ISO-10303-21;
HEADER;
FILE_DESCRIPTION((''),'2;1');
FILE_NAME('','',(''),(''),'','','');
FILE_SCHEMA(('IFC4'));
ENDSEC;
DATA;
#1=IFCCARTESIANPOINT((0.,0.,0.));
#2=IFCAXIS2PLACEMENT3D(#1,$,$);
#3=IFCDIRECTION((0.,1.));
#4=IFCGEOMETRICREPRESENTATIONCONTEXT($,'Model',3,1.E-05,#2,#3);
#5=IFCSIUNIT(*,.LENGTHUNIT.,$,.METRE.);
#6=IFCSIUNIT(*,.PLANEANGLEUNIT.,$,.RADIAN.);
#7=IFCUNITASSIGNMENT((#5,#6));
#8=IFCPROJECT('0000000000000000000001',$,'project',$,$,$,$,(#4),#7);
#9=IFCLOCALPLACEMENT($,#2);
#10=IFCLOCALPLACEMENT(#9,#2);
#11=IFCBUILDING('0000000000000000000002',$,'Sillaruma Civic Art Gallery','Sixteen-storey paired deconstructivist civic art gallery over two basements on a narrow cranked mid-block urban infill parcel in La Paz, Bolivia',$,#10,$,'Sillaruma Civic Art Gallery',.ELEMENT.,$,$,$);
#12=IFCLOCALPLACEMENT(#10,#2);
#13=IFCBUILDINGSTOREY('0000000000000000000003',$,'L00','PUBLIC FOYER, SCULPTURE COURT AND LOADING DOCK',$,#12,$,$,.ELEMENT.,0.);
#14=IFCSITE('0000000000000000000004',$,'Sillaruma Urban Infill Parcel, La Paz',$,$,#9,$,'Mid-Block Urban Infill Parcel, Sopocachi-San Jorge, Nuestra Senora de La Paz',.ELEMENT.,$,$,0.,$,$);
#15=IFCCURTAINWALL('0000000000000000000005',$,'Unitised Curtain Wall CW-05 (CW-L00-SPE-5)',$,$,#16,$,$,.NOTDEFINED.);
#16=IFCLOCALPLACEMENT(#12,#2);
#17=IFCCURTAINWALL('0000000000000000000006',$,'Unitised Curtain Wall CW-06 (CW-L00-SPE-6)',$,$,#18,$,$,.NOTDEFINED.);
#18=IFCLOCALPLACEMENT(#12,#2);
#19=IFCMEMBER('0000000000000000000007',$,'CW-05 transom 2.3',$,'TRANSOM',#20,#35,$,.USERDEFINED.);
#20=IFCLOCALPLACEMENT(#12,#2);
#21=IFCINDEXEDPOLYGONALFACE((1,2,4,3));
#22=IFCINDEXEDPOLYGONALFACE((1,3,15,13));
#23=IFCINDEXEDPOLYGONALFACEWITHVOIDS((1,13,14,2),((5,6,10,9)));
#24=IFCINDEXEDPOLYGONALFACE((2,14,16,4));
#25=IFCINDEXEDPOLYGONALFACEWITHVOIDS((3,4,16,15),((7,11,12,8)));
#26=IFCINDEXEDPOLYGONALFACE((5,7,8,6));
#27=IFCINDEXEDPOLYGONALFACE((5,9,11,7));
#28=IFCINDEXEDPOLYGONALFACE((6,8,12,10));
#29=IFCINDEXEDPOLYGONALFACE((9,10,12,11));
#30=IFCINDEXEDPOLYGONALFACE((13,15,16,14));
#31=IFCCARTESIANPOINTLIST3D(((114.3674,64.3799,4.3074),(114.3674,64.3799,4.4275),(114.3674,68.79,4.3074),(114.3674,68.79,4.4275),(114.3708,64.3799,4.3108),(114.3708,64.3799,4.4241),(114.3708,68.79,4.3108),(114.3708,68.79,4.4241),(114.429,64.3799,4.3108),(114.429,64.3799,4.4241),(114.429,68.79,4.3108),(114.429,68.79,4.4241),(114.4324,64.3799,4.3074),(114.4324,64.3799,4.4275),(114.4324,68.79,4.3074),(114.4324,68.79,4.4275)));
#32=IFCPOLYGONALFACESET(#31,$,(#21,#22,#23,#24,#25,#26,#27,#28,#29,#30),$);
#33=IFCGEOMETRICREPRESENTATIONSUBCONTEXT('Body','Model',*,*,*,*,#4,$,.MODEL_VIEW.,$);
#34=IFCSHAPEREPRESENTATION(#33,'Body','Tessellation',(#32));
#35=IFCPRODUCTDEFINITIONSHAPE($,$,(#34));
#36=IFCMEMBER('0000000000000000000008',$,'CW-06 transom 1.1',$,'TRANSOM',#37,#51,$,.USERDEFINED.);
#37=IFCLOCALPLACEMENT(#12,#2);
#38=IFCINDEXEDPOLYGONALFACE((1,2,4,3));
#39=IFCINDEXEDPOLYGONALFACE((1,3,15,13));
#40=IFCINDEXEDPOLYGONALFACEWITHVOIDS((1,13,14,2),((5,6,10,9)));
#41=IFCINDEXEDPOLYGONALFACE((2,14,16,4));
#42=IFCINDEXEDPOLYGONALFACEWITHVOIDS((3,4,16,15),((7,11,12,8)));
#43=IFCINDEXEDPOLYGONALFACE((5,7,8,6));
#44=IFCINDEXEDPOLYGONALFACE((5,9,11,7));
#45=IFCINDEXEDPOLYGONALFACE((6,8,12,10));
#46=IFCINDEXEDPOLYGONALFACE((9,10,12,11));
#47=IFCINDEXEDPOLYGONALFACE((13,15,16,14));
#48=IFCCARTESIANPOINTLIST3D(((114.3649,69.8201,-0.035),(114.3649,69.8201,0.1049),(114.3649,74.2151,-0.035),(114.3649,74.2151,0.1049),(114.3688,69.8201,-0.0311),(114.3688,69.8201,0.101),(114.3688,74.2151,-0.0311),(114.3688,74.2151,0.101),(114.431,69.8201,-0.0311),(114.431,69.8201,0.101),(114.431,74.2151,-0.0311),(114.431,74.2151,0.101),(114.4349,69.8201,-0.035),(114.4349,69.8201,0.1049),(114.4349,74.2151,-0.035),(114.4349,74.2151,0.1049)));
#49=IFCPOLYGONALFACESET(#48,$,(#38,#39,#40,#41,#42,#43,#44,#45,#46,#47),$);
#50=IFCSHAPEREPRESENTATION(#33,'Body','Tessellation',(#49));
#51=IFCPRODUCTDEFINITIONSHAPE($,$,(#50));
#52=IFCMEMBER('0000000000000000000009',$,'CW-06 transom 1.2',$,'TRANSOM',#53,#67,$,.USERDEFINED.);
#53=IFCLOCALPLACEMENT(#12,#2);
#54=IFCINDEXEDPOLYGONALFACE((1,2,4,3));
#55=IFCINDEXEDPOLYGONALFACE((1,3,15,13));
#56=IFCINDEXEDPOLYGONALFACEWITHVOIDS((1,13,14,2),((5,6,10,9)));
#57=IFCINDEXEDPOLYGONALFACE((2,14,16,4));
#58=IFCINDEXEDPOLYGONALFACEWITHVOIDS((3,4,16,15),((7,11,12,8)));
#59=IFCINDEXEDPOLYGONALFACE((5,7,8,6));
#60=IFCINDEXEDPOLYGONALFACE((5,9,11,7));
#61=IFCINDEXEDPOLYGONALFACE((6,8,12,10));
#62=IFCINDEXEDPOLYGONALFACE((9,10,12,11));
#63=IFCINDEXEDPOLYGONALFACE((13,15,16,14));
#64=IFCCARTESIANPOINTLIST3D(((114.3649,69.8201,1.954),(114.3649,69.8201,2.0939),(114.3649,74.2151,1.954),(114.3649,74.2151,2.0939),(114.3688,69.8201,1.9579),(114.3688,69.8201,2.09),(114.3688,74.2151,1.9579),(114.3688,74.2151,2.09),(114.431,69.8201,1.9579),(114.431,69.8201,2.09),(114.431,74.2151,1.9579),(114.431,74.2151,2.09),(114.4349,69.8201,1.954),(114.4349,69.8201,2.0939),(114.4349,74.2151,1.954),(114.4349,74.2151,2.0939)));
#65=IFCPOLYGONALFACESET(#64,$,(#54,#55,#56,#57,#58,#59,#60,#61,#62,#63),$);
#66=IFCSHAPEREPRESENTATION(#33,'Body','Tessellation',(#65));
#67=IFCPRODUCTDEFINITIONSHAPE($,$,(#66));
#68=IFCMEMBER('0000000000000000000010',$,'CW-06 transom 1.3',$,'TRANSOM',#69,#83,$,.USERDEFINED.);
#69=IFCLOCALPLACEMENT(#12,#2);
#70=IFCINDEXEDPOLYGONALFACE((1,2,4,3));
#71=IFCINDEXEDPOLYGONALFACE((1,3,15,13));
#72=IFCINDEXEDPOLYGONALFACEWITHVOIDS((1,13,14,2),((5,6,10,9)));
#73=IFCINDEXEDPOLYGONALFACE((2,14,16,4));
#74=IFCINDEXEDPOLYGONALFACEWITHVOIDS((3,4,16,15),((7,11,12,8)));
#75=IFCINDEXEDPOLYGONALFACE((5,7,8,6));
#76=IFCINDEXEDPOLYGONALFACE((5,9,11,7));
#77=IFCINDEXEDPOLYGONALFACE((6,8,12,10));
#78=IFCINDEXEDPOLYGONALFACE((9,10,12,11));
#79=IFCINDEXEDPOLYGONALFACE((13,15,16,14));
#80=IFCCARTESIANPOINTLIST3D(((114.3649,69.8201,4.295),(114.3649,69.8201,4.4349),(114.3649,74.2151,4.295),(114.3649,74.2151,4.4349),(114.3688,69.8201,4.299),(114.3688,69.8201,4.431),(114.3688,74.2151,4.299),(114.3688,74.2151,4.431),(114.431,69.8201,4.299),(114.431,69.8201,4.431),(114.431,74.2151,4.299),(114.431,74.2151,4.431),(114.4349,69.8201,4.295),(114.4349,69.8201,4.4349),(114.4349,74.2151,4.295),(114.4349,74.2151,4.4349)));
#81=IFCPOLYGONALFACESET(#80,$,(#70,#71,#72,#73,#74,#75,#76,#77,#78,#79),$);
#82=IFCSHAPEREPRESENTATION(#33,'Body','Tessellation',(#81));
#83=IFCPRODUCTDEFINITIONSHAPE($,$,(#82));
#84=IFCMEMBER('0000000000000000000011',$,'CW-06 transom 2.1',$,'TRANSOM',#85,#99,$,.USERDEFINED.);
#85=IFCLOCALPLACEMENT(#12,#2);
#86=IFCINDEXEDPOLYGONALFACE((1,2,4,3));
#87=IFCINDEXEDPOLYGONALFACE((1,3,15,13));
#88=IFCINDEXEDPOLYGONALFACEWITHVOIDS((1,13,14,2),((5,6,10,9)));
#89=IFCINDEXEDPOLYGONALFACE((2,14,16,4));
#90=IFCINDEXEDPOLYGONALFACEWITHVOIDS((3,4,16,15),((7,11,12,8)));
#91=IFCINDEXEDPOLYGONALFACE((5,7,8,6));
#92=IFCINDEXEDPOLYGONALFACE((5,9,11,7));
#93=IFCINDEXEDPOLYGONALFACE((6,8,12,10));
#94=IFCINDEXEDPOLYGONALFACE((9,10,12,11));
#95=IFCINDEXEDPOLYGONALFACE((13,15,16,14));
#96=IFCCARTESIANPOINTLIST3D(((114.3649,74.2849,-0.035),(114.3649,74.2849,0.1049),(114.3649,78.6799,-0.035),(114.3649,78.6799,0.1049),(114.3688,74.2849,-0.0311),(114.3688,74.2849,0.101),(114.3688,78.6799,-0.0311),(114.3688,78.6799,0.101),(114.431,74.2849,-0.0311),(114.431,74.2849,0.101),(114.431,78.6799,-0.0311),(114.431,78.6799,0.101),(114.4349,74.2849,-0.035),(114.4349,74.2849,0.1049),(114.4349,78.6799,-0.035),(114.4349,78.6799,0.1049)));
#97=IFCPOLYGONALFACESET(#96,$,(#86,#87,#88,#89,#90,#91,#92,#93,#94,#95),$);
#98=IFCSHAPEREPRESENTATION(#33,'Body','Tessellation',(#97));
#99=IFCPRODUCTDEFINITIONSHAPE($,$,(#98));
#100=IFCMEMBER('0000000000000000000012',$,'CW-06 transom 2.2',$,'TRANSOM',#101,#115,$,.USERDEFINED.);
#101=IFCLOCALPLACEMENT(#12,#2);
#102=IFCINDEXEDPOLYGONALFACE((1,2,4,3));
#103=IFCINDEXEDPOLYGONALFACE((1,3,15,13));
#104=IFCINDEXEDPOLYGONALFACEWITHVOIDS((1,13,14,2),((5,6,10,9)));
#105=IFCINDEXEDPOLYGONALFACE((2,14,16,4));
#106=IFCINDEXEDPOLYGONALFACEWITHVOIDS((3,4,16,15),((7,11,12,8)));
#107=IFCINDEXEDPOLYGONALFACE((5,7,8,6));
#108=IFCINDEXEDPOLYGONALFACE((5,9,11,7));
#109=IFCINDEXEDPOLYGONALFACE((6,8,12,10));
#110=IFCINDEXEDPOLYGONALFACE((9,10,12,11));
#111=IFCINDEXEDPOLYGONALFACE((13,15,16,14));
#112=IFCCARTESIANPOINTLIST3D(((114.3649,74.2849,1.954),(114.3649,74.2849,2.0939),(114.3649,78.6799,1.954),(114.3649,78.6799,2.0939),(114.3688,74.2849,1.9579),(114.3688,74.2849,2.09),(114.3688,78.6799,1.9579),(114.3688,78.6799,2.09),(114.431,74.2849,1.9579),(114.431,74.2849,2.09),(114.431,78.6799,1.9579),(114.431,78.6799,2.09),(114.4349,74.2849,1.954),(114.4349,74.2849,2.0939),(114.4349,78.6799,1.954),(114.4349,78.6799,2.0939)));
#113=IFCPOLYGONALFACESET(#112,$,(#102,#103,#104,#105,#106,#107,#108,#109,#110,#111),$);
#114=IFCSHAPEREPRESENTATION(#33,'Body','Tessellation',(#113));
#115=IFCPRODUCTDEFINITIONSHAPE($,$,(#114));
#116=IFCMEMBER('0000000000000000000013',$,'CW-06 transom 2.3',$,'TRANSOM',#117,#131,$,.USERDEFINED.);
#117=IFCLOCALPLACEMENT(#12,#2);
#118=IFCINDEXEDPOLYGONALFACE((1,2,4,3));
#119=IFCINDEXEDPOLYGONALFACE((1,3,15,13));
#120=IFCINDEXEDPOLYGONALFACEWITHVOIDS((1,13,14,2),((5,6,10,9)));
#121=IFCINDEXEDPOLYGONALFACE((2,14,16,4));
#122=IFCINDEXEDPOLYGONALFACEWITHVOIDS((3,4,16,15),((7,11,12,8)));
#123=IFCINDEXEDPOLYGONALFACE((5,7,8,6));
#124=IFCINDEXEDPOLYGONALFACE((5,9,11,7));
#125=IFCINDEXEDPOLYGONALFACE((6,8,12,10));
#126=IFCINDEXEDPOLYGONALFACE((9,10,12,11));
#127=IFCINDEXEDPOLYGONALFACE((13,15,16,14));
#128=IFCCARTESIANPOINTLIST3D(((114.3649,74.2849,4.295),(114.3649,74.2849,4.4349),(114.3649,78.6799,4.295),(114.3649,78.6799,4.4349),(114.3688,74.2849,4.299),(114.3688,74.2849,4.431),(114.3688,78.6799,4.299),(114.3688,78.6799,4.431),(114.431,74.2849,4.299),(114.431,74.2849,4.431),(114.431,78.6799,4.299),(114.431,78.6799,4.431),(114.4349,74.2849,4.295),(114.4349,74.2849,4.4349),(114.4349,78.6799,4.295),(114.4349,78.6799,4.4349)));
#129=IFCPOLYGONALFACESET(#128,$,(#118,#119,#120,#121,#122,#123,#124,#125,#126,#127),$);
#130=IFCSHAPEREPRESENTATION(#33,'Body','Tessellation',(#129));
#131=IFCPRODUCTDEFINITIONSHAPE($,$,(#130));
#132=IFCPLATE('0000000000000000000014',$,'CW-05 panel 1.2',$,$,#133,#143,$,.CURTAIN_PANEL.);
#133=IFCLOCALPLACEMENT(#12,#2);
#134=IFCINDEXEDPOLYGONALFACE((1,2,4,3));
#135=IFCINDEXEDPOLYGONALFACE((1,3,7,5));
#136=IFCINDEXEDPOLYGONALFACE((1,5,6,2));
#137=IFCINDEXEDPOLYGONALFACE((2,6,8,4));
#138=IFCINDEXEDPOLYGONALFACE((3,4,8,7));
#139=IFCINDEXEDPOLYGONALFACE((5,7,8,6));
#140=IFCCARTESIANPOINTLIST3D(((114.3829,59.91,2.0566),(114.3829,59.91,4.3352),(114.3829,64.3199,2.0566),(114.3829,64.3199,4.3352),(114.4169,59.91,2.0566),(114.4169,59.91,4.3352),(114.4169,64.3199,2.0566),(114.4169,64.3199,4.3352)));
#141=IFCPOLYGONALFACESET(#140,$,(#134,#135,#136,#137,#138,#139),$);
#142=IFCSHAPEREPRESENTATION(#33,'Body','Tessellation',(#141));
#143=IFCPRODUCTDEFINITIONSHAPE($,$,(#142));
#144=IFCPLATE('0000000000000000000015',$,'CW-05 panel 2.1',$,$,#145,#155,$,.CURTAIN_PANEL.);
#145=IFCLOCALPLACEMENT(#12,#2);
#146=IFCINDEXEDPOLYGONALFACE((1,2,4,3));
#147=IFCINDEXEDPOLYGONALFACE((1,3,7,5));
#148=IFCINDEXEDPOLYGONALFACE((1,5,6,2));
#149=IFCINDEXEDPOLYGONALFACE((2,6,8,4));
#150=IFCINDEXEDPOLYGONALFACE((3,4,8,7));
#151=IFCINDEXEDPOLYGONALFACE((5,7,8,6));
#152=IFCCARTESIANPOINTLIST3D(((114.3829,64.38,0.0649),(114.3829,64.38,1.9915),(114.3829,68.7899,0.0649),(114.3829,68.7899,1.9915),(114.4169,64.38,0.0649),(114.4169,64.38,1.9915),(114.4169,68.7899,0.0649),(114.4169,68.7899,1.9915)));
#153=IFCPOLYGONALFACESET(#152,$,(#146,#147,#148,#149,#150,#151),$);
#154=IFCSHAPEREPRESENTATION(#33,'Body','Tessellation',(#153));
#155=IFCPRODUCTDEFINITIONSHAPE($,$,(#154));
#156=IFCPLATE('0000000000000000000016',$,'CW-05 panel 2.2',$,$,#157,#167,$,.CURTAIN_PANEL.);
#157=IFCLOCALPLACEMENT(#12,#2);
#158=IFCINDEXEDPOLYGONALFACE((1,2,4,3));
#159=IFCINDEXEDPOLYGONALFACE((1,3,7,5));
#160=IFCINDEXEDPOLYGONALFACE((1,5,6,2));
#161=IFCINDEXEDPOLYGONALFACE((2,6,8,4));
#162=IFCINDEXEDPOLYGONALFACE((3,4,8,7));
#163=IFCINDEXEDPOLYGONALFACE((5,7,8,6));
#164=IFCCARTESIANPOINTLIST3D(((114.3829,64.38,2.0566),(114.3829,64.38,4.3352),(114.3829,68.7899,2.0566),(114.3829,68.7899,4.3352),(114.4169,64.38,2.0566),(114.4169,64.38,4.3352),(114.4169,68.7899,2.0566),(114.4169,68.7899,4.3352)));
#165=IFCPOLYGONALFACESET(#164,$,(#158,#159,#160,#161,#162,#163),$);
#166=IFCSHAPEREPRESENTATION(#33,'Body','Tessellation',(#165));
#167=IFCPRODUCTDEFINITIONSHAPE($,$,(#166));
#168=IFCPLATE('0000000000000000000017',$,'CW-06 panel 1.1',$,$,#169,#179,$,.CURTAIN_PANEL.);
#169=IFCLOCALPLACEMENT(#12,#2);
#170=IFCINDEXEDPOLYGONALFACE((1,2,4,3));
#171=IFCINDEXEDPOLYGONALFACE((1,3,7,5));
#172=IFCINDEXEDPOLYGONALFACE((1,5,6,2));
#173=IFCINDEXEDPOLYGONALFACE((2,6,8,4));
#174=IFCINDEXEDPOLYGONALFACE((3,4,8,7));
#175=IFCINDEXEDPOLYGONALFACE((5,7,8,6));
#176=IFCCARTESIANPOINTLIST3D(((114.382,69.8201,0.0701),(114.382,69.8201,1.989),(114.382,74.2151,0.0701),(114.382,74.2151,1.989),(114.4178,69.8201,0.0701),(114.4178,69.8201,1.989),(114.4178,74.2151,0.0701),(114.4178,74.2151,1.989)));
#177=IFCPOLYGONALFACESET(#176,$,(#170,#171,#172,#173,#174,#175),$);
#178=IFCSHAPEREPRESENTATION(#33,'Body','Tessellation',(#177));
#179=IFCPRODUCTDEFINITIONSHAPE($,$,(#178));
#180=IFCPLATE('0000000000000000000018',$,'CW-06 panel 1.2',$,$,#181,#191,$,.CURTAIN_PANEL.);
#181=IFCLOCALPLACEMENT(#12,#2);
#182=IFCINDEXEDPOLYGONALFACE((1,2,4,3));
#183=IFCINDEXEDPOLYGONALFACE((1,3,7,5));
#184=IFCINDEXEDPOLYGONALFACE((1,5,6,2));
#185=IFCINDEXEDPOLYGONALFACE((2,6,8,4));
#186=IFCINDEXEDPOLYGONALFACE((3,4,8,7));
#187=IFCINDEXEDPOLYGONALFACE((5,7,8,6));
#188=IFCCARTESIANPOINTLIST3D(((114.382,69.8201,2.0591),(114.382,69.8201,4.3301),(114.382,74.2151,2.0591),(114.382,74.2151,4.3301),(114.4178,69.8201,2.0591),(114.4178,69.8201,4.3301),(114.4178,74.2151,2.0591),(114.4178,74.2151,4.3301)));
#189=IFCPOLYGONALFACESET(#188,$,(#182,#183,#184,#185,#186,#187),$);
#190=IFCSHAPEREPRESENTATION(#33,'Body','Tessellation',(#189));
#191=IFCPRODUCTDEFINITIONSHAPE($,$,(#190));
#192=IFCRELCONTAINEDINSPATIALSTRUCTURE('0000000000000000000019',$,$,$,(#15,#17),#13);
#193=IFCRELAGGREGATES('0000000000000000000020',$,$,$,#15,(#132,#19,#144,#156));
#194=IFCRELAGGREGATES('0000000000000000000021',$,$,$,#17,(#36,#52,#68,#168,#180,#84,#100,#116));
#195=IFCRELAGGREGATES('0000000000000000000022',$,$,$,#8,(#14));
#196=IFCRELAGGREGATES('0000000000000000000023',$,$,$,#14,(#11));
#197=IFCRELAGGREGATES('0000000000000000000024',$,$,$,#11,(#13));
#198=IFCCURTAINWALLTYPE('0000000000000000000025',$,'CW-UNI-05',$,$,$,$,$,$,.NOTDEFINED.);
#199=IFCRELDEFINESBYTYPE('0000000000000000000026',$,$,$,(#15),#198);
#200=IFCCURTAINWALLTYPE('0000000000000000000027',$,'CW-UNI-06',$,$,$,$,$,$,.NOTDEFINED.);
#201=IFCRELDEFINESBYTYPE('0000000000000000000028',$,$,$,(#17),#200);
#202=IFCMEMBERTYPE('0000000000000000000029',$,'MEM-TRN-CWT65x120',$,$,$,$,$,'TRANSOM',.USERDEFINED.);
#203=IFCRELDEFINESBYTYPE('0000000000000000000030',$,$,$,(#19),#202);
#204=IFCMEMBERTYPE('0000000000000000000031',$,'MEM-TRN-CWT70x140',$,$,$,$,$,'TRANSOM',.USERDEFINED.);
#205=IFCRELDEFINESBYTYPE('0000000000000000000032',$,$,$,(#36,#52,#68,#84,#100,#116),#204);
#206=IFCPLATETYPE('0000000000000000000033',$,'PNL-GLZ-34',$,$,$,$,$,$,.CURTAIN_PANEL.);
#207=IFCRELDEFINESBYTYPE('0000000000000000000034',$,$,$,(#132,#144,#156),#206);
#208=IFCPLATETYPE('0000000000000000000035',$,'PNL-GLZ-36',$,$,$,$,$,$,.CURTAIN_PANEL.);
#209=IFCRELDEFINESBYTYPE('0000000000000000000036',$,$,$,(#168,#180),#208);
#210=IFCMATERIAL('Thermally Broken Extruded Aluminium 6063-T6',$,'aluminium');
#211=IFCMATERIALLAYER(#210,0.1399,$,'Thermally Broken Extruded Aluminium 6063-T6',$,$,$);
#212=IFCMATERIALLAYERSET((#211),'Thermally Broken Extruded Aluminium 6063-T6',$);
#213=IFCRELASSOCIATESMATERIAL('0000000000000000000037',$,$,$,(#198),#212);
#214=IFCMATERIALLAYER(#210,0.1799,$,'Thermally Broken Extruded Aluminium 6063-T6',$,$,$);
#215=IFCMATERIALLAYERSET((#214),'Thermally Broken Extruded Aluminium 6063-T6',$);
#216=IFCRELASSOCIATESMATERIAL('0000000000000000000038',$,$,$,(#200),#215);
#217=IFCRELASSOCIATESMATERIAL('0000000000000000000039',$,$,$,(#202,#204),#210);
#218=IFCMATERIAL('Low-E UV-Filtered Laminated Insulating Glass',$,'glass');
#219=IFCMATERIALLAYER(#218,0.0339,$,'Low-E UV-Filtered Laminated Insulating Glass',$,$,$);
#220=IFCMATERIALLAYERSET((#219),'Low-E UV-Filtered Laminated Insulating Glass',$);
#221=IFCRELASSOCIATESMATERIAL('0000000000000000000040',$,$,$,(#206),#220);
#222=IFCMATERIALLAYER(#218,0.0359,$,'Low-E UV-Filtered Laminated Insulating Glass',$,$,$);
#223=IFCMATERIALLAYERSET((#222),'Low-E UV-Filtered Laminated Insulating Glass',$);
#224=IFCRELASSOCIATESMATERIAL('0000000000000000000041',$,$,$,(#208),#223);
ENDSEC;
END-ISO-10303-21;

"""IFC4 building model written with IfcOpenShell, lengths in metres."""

from ifc_helpers import new_model, si_unit, direction, frame, origin, origin_2d, place, context, subcontext, project, spatial, rectangle, hollow_rectangle, extrude, material, layer, layer_set, material_profile, profile_set, type_object, element, aggregate, save


model = new_model("IFC4")

# Units and contexts
model_context = context("Model", 3, precision=1e-05, world=origin(), true_north=direction((0.0, 1.0)))
body_context = subcontext(model_context, "Body", "Model", "MODEL_VIEW")
ifc_project = project(units=[si_unit("LENGTHUNIT", "METRE"), si_unit("PLANEANGLEUNIT", "RADIAN")], contexts=[model_context])

# Site, building, storey
site_placement = place(None, origin())
site = spatial("IfcSite", under=ifc_project, at=site_placement, Name="Sillaruma Urban Infill Parcel, La Paz", LongName="Mid-Block Urban Infill Parcel, Sopocachi-San Jorge, Nuestra Senora de La Paz", CompositionType="ELEMENT", RefElevation=0.0)
building_placement = place(site_placement, origin())
building = spatial("IfcBuilding", under=site, at=building_placement, Name="Sillaruma Civic Art Gallery", Description="Sixteen-storey paired deconstructivist civic art gallery over two basements on a narrow cranked mid-block urban infill parcel in La Paz, Bolivia", LongName="Sillaruma Civic Art Gallery", CompositionType="ELEMENT")
storey_placement = place(building_placement, origin())
storey = spatial("IfcBuildingStorey", under=building, at=storey_placement, Name="L00", Description="PUBLIC FOYER, SCULPTURE COURT AND LOADING DOCK", CompositionType="ELEMENT", Elevation=0.0)

# Curtain walls
ifc_material_1 = material(Name="Thermally Broken Extruded Aluminium 6063-T6", Category="aluminium")
ifc_layer_1 = layer(ifc_material_1, 0.1399, Name="Thermally Broken Extruded Aluminium 6063-T6")
ifc_layer_set_1 = layer_set([ifc_layer_1], Name="Thermally Broken Extruded Aluminium 6063-T6")
curtain_wall_type_1 = type_object("IfcCurtainWallType", Name="CW-UNI-05", PredefinedType="NOTDEFINED", material=ifc_layer_set_1)
curtain_wall_1_placement = place(storey_placement, origin())
curtain_wall_1 = element("IfcCurtainWall", 1, at=curtain_wall_1_placement, inside=storey, type_object=curtain_wall_type_1, Name="Unitised Curtain Wall CW-05 (CW-L00-SPE-5)", PredefinedType="NOTDEFINED")
ifc_layer_2 = layer(ifc_material_1, 0.1799, Name="Thermally Broken Extruded Aluminium 6063-T6")
ifc_layer_set_2 = layer_set([ifc_layer_2], Name="Thermally Broken Extruded Aluminium 6063-T6")
curtain_wall_type_2 = type_object("IfcCurtainWallType", Name="CW-UNI-06", PredefinedType="NOTDEFINED", material=ifc_layer_set_2)
curtain_wall_2_placement = place(storey_placement, origin())
curtain_wall_2 = element("IfcCurtainWall", 2, at=curtain_wall_2_placement, inside=storey, type_object=curtain_wall_type_2, Name="Unitised Curtain Wall CW-06 (CW-L00-SPE-6)", PredefinedType="NOTDEFINED")

# Members
ifc_material_profile_1 = material_profile(ifc_material_1, hollow_rectangle(XDim=0.0649, YDim=0.1201, WallThickness=0.0034, at=origin_2d()), Name="CWT65x120")
ifc_profile_set_1 = profile_set([ifc_material_profile_1], Name="Thermally Broken Extruded Aluminium 6063-T6")
member_type_1 = type_object("IfcMemberType", Name="MEM-TRN-CWT65x120", ElementType="TRANSOM", PredefinedType="USERDEFINED", material=ifc_profile_set_1)
member_1_placement = place(storey_placement, frame((114.3999, 64.3799, 4.3674), z_axis=(0.0, 1.0, 0.0), x_axis=(-1.0, 0.0, 0.0)))
member_1 = element("IfcMember", 3, at=member_1_placement, type_object=member_type_1, Name="CW-05 transom 2.3", ObjectType="TRANSOM", PredefinedType="USERDEFINED", context=body_context, shape_type="SweptSolid", body=[
    extrude(hollow_rectangle(XDim=0.0649, YDim=0.1201, WallThickness=0.0034, at=origin_2d()), origin(), (0.0, 0.0, 1.0), 4.4102),
])
ifc_material_profile_2 = material_profile(ifc_material_1, hollow_rectangle(XDim=0.0701, YDim=0.1399, WallThickness=0.0039, at=origin_2d()), Name="CWT70x140")
ifc_profile_set_2 = profile_set([ifc_material_profile_2], Name="Thermally Broken Extruded Aluminium 6063-T6")
member_type_2 = type_object("IfcMemberType", Name="MEM-TRN-CWT70x140", ElementType="TRANSOM", PredefinedType="USERDEFINED", material=ifc_profile_set_2)
member_2_placement = place(storey_placement, frame((114.3999, 69.8201, 0.0349), z_axis=(0.0, 1.0, 0.0), x_axis=(-1.0, 0.0, 0.0)))
member_2 = element("IfcMember", 4, at=member_2_placement, type_object=member_type_2, Name="CW-06 transom 1.1", ObjectType="TRANSOM", PredefinedType="USERDEFINED", context=body_context, shape_type="SweptSolid", body=[
    extrude(hollow_rectangle(XDim=0.0701, YDim=0.1399, WallThickness=0.0039, at=origin_2d()), origin(), (0.0, 0.0, 1.0), 4.395),
])
member_3_placement = place(storey_placement, frame((114.3999, 69.8201, 2.0239), z_axis=(0.0, 1.0, 0.0), x_axis=(-1.0, 0.0, 0.0)))
member_3 = element("IfcMember", 5, at=member_3_placement, type_object=member_type_2, Name="CW-06 transom 1.2", ObjectType="TRANSOM", PredefinedType="USERDEFINED", context=body_context, shape_type="SweptSolid", body=[
    extrude(hollow_rectangle(XDim=0.0701, YDim=0.1399, WallThickness=0.0039, at=origin_2d()), origin(), (0.0, 0.0, 1.0), 4.395),
])
member_4_placement = place(storey_placement, frame((114.3999, 69.8201, 4.365), z_axis=(0.0, 1.0, 0.0), x_axis=(-1.0, 0.0, 0.0)))
member_4 = element("IfcMember", 6, at=member_4_placement, type_object=member_type_2, Name="CW-06 transom 1.3", ObjectType="TRANSOM", PredefinedType="USERDEFINED", context=body_context, shape_type="SweptSolid", body=[
    extrude(hollow_rectangle(XDim=0.0701, YDim=0.1399, WallThickness=0.0039, at=origin_2d()), origin(), (0.0, 0.0, 1.0), 4.395),
])
member_5_placement = place(storey_placement, frame((114.3999, 74.2849, 0.0349), z_axis=(0.0, 1.0, 0.0), x_axis=(-1.0, 0.0, 0.0)))
member_5 = element("IfcMember", 7, at=member_5_placement, type_object=member_type_2, Name="CW-06 transom 2.1", ObjectType="TRANSOM", PredefinedType="USERDEFINED", context=body_context, shape_type="SweptSolid", body=[
    extrude(hollow_rectangle(XDim=0.0701, YDim=0.1399, WallThickness=0.0039, at=origin_2d()), origin(), (0.0, 0.0, 1.0), 4.395),
])
member_6_placement = place(storey_placement, frame((114.3999, 74.2849, 2.0239), z_axis=(0.0, 1.0, 0.0), x_axis=(-1.0, 0.0, 0.0)))
member_6 = element("IfcMember", 8, at=member_6_placement, type_object=member_type_2, Name="CW-06 transom 2.2", ObjectType="TRANSOM", PredefinedType="USERDEFINED", context=body_context, shape_type="SweptSolid", body=[
    extrude(hollow_rectangle(XDim=0.0701, YDim=0.1399, WallThickness=0.0039, at=origin_2d()), origin(), (0.0, 0.0, 1.0), 4.395),
])
member_7_placement = place(storey_placement, frame((114.3999, 74.2849, 4.365), z_axis=(0.0, 1.0, 0.0), x_axis=(-1.0, 0.0, 0.0)))
member_7 = element("IfcMember", 9, at=member_7_placement, type_object=member_type_2, Name="CW-06 transom 2.3", ObjectType="TRANSOM", PredefinedType="USERDEFINED", context=body_context, shape_type="SweptSolid", body=[
    extrude(hollow_rectangle(XDim=0.0701, YDim=0.1399, WallThickness=0.0039, at=origin_2d()), origin(), (0.0, 0.0, 1.0), 4.395),
])

# Plates
ifc_material_2 = material(Name="Low-E UV-Filtered Laminated Insulating Glass", Category="glass")
ifc_layer_3 = layer(ifc_material_2, 0.0339, Name="Low-E UV-Filtered Laminated Insulating Glass")
ifc_layer_set_3 = layer_set([ifc_layer_3], Name="Low-E UV-Filtered Laminated Insulating Glass")
plate_type_1 = type_object("IfcPlateType", Name="PNL-GLZ-34", PredefinedType="CURTAIN_PANEL", material=ifc_layer_set_3)
plate_1_placement = place(storey_placement, frame((114.3999, 62.115, 2.0566), z_axis=(0.0, 0.0, 1.0), x_axis=(0.0, 1.0, 0.0)))
plate_1 = element("IfcPlate", 10, at=plate_1_placement, type_object=plate_type_1, Name="CW-05 panel 1.2", PredefinedType="CURTAIN_PANEL", context=body_context, shape_type="SweptSolid", body=[
    extrude(rectangle(XDim=4.4099, YDim=0.0339, at=origin_2d()), origin(), (0.0, 0.0, 1.0), 2.2786),
])
plate_2_placement = place(storey_placement, frame((114.3999, 66.585, 0.0649), z_axis=(0.0, 0.0, 1.0), x_axis=(0.0, 1.0, 0.0)))
plate_2 = element("IfcPlate", 11, at=plate_2_placement, type_object=plate_type_1, Name="CW-05 panel 2.1", PredefinedType="CURTAIN_PANEL", context=body_context, shape_type="SweptSolid", body=[
    extrude(rectangle(XDim=4.4099, YDim=0.0339, at=origin_2d()), origin(), (0.0, 0.0, 1.0), 1.9265),
])
plate_3_placement = place(storey_placement, frame((114.3999, 66.585, 2.0566), z_axis=(0.0, 0.0, 1.0), x_axis=(0.0, 1.0, 0.0)))
plate_3 = element("IfcPlate", 12, at=plate_3_placement, type_object=plate_type_1, Name="CW-05 panel 2.2", PredefinedType="CURTAIN_PANEL", context=body_context, shape_type="SweptSolid", body=[
    extrude(rectangle(XDim=4.4099, YDim=0.0339, at=origin_2d()), origin(), (0.0, 0.0, 1.0), 2.2786),
])
aggregate(curtain_wall_1, [plate_1, member_1, plate_2, plate_3])
ifc_layer_4 = layer(ifc_material_2, 0.0359, Name="Low-E UV-Filtered Laminated Insulating Glass")
ifc_layer_set_4 = layer_set([ifc_layer_4], Name="Low-E UV-Filtered Laminated Insulating Glass")
plate_type_2 = type_object("IfcPlateType", Name="PNL-GLZ-36", PredefinedType="CURTAIN_PANEL", material=ifc_layer_set_4)
plate_4_placement = place(storey_placement, frame((114.3999, 72.0176, 0.0701), z_axis=(0.0, 0.0, 1.0), x_axis=(0.0, 1.0, 0.0)))
plate_4 = element("IfcPlate", 13, at=plate_4_placement, type_object=plate_type_2, Name="CW-06 panel 1.1", PredefinedType="CURTAIN_PANEL", context=body_context, shape_type="SweptSolid", body=[
    extrude(rectangle(XDim=4.395, YDim=0.0359, at=origin_2d()), origin(), (0.0, 0.0, 1.0), 1.9189),
])
plate_5_placement = place(storey_placement, frame((114.3999, 72.0176, 2.0591), z_axis=(0.0, 0.0, 1.0), x_axis=(0.0, 1.0, 0.0)))
plate_5 = element("IfcPlate", 14, at=plate_5_placement, type_object=plate_type_2, Name="CW-06 panel 1.2", PredefinedType="CURTAIN_PANEL", context=body_context, shape_type="SweptSolid", body=[
    extrude(rectangle(XDim=4.395, YDim=0.0359, at=origin_2d()), origin(), (0.0, 0.0, 1.0), 2.271),
])
aggregate(curtain_wall_2, [member_2, member_3, member_4, plate_4, plate_5, member_5, member_6, member_7])

save(model, "model.ifc")
